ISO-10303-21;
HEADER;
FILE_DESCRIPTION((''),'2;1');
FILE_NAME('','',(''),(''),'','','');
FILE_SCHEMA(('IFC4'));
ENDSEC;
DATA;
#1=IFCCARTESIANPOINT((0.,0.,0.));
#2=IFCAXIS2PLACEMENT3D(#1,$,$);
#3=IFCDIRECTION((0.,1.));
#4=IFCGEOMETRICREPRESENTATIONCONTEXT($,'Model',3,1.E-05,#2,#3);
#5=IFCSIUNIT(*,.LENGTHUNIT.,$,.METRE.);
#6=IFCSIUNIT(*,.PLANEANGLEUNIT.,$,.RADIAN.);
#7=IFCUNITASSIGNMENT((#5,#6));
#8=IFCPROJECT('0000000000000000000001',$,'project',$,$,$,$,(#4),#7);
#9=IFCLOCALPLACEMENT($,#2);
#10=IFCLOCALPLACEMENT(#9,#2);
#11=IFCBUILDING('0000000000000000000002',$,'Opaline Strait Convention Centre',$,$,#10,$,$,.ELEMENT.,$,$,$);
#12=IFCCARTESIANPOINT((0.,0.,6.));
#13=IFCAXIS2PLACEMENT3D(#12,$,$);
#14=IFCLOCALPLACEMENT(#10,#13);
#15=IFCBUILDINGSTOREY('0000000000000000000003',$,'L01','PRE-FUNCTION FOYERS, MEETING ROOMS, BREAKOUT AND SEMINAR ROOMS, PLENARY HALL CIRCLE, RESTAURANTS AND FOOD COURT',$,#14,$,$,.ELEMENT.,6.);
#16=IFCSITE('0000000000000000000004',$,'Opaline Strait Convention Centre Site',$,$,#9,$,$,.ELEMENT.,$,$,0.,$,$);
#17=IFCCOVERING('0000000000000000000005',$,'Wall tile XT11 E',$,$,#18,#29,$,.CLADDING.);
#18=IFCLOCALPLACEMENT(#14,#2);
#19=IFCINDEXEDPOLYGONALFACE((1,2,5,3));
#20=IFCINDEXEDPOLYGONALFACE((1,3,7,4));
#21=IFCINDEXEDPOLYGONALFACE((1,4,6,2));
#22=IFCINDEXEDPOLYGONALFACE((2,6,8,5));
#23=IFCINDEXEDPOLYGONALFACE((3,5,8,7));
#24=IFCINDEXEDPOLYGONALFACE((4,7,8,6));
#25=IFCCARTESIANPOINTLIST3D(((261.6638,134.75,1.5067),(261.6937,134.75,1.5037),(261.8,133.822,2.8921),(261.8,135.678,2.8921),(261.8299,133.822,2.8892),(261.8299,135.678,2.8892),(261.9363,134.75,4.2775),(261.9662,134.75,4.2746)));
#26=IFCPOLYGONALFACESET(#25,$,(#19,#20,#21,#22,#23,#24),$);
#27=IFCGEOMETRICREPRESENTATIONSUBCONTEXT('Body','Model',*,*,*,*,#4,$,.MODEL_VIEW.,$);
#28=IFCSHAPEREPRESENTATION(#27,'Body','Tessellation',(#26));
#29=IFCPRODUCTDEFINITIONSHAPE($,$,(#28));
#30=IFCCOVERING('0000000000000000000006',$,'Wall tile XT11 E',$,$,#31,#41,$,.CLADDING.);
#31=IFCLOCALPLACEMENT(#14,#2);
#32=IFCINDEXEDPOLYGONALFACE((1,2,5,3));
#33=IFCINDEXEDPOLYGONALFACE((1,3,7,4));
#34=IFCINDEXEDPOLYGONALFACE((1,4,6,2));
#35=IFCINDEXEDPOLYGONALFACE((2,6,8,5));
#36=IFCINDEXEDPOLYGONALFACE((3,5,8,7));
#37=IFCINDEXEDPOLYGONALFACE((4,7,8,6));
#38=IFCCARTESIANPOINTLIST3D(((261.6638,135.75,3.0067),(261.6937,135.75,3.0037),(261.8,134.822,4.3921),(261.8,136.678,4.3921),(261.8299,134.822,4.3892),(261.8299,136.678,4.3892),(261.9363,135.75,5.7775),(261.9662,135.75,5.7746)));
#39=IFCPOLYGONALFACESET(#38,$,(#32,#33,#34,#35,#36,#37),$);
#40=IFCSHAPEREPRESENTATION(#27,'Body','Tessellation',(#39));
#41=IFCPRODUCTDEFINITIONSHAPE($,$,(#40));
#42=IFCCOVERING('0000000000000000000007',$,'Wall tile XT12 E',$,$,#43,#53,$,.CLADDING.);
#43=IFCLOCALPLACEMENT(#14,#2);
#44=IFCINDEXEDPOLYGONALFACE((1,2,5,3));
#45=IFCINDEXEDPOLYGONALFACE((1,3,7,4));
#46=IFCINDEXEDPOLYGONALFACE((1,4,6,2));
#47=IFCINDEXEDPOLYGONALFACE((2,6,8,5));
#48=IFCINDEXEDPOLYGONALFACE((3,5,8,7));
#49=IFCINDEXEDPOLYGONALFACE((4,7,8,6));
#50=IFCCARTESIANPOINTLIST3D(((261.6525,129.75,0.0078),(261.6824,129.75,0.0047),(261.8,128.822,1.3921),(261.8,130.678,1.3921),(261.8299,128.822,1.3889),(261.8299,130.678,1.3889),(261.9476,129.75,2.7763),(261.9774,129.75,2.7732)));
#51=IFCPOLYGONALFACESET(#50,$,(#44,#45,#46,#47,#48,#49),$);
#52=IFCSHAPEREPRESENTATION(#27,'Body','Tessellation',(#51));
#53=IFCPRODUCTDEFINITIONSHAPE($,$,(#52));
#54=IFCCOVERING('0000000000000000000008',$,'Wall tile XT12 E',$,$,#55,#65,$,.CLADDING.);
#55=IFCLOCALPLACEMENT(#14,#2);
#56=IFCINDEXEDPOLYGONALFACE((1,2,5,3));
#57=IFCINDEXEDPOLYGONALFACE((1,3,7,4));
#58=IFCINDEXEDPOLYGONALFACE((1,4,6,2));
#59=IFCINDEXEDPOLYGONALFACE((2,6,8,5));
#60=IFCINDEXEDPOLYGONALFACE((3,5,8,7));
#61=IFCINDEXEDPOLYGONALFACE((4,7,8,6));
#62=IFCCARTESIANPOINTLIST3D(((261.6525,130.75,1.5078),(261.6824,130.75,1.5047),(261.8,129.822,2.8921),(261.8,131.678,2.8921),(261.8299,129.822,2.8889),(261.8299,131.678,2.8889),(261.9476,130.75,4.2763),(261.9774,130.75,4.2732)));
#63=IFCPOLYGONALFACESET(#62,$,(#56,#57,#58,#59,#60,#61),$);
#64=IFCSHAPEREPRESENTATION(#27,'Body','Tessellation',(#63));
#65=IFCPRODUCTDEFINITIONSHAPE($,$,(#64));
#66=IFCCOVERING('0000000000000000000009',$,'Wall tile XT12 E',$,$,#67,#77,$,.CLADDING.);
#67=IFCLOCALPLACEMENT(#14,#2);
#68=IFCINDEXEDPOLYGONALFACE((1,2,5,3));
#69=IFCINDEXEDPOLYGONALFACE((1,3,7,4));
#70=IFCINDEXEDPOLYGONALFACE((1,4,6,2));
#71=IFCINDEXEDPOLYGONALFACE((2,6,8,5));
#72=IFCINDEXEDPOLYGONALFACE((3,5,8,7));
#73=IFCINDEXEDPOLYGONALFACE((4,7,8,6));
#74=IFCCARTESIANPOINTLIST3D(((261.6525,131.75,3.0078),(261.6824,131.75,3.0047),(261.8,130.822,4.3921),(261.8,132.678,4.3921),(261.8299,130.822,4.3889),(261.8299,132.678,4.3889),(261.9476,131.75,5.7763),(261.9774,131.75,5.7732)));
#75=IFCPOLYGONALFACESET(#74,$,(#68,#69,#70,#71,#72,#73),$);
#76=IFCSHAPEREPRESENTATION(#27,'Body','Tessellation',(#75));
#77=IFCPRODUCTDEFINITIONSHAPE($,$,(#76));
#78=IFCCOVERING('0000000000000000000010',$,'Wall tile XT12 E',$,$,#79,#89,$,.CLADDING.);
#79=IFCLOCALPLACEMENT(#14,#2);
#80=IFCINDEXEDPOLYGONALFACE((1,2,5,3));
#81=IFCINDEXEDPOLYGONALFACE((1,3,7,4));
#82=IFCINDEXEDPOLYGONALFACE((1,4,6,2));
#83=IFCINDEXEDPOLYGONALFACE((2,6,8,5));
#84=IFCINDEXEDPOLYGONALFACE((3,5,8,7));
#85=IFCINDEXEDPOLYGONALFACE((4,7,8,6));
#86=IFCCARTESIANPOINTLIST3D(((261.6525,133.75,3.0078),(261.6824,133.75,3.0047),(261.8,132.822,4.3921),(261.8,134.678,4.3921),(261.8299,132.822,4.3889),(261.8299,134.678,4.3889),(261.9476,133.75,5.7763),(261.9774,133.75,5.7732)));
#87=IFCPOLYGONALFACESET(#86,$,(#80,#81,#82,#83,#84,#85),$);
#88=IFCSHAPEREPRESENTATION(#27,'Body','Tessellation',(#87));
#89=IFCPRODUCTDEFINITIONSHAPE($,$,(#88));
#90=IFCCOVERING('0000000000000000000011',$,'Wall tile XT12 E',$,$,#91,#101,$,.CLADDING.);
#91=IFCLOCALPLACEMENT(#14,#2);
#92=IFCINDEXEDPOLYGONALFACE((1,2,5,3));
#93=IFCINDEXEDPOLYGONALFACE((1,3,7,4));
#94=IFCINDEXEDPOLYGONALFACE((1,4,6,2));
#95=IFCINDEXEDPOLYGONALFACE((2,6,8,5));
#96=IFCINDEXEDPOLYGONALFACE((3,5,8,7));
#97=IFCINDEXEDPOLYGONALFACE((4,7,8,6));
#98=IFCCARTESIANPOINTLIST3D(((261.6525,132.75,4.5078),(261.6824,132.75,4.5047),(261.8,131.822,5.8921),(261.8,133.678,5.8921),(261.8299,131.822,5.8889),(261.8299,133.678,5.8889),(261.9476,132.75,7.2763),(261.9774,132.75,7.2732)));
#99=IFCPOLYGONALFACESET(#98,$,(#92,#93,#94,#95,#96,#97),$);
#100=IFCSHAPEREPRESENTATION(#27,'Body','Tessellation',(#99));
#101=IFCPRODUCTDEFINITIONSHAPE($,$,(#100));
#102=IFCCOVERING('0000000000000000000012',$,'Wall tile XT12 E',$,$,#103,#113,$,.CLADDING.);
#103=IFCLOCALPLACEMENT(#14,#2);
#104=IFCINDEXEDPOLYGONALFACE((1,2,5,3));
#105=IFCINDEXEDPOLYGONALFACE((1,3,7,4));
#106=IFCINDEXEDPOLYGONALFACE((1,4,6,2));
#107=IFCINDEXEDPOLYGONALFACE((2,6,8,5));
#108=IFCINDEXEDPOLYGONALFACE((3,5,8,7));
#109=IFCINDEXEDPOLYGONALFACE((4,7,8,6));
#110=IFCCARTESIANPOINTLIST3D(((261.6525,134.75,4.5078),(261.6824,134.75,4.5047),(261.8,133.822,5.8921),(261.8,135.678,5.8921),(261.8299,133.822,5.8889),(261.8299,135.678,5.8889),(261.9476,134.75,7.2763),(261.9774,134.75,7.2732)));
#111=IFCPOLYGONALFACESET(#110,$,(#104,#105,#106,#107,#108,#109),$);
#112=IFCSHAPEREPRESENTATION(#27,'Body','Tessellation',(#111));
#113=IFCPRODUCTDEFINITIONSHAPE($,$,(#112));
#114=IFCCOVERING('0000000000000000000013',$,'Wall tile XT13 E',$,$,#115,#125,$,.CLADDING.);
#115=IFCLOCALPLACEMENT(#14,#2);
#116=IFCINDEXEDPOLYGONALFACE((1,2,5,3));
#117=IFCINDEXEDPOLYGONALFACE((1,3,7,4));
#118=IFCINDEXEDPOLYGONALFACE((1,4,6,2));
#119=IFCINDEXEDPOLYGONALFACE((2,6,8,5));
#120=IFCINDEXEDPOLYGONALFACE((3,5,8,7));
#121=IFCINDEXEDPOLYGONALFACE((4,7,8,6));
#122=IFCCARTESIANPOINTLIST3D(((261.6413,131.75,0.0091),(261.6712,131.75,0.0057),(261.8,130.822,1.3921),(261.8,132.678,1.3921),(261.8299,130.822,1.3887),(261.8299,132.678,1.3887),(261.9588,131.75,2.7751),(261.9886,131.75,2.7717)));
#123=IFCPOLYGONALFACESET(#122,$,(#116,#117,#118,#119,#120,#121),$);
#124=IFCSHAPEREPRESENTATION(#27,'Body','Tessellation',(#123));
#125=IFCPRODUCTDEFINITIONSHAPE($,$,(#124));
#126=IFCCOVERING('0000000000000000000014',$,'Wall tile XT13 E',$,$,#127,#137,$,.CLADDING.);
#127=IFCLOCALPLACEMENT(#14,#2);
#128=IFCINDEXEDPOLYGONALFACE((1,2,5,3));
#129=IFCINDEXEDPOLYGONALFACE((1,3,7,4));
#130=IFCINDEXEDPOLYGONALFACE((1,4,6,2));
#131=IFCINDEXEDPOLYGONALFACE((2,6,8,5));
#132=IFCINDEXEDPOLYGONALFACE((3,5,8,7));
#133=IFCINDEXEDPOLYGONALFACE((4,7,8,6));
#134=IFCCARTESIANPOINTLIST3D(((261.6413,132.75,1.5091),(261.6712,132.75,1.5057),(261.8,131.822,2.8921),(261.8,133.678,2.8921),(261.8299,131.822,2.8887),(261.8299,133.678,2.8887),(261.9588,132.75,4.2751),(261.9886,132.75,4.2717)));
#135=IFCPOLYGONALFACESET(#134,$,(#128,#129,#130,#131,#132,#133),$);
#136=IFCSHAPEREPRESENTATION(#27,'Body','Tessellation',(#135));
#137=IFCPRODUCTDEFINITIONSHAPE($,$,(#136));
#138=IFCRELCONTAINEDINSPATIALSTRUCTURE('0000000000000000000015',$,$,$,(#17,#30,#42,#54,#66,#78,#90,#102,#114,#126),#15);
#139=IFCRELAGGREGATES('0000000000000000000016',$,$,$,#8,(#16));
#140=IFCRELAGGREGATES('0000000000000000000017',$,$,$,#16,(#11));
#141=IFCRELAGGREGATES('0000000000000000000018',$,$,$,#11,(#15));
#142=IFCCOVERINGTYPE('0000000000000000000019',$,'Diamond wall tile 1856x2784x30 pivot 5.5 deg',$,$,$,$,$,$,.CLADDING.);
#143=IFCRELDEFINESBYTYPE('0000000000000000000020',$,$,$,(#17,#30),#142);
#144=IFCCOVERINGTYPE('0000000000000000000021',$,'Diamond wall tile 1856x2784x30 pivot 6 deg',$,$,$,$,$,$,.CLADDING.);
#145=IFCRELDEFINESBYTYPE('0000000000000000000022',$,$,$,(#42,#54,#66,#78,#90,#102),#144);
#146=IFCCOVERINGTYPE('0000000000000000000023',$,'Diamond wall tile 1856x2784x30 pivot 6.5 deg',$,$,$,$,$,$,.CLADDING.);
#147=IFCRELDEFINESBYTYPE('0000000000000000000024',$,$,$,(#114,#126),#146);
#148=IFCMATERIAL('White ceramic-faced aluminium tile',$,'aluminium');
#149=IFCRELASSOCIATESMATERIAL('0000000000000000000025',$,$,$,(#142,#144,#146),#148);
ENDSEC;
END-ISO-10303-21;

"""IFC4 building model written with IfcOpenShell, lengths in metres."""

from ifc_helpers import new_model, si_unit, direction, frame, origin, place, context, subcontext, project, spatial, polyline, outline, extrude, material, material_profile, profile_set, type_object, element, save


model = new_model("IFC4")

# Units and contexts
model_context = context("Model", 3, precision=1e-05, world=origin(), true_north=direction((0.0, 1.0)))
body_context = subcontext(model_context, "Body", "Model", "MODEL_VIEW")
ifc_project = project(units=[si_unit("LENGTHUNIT", "METRE"), si_unit("PLANEANGLEUNIT", "RADIAN")], contexts=[model_context])

# Site, building, storey
site_placement = place(None, origin())
site = spatial("IfcSite", under=ifc_project, at=site_placement, Name="Opaline Strait Convention Centre Site", CompositionType="ELEMENT", RefElevation=0.0)
building_placement = place(site_placement, origin())
building = spatial("IfcBuilding", under=site, at=building_placement, Name="Opaline Strait Convention Centre", CompositionType="ELEMENT")
storey_placement = place(building_placement, frame((0.0, 0.0, 6.0)))
storey = spatial("IfcBuildingStorey", under=building, at=storey_placement, Name="L01", Description="PRE-FUNCTION FOYERS, MEETING ROOMS, BREAKOUT AND SEMINAR ROOMS, PLENARY HALL CIRCLE, RESTAURANTS AND FOOD COURT", CompositionType="ELEMENT", Elevation=6.0)

# Coverings
ifc_material = material(Name="White ceramic-faced aluminium tile", Category="aluminium")
ifc_material_profile_1 = material_profile(ifc_material, outline(polyline([(0.928, 0.0), (0.0, 1.3921), (-0.928, 0.0), (0.0, -1.3921), (0.928, 0.0)])), Name="Diamond tile 1856x2784")
ifc_profile_set_1 = profile_set([ifc_material_profile_1], Name="White ceramic-faced aluminium tile")
covering_type_1 = type_object("IfcCoveringType", Name="Diamond wall tile 1856x2784x30 pivot 5.5 deg", PredefinedType="CLADDING", material=ifc_profile_set_1)
for number, where, z_axis, x_axis, name in (
    (1, (261.8, 134.75, 2.8921), (0.995197, 0.0, -0.097888), (0.0, 1.0, 0.0), "Wall tile XT11 E"),
    (2, (261.8, 135.75, 4.3921), (0.995197, 0.0, -0.097888), (0.0, 1.0, 0.0), "Wall tile XT11 E"),
):
    element("IfcCovering", number, at=place(storey_placement, frame(where, z_axis=z_axis, x_axis=x_axis)), inside=storey, type_object=covering_type_1, Name=name, PredefinedType="CLADDING", context=body_context, shape_type="SweptSolid", body=[
        extrude(outline(polyline([(0.928, 0.0), (0.0, 1.3921), (-0.928, 0.0), (0.0, -1.3921), (0.928, 0.0)])), origin(), (0.0, 0.0, 1.0), 0.03),
    ])
ifc_material_profile_2 = material_profile(ifc_material, outline(polyline([(0.928, 0.0), (0.0, 1.3921), (-0.928, 0.0), (0.0, -1.3921), (0.928, 0.0)])), Name="Diamond tile 1856x2784")
ifc_profile_set_2 = profile_set([ifc_material_profile_2], Name="White ceramic-faced aluminium tile")
covering_type_2 = type_object("IfcCoveringType", Name="Diamond wall tile 1856x2784x30 pivot 6 deg", PredefinedType="CLADDING", material=ifc_profile_set_2)
for number, where, z_axis, x_axis, name in (
    (3, (261.8, 129.75, 1.3921), (0.994371, 0.0, -0.105958), (0.0, 1.0, 0.0), "Wall tile XT12 E"),
    (4, (261.8, 130.75, 2.8921), (0.994371, 0.0, -0.105958), (0.0, 1.0, 0.0), "Wall tile XT12 E"),
    (5, (261.8, 131.75, 4.3921), (0.994371, 0.0, -0.105958), (0.0, 1.0, 0.0), "Wall tile XT12 E"),
    (6, (261.8, 133.75, 4.3921), (0.994371, 0.0, -0.105958), (0.0, 1.0, 0.0), "Wall tile XT12 E"),
    (7, (261.8, 132.75, 5.8921), (0.994371, 0.0, -0.105958), (0.0, 1.0, 0.0), "Wall tile XT12 E"),
    (8, (261.8, 134.75, 5.8921), (0.994371, 0.0, -0.105958), (0.0, 1.0, 0.0), "Wall tile XT12 E"),
):
    element("IfcCovering", number, at=place(storey_placement, frame(where, z_axis=z_axis, x_axis=x_axis)), inside=storey, type_object=covering_type_2, Name=name, PredefinedType="CLADDING", context=body_context, shape_type="SweptSolid", body=[
        extrude(outline(polyline([(0.928, 0.0), (0.0, 1.3921), (-0.928, 0.0), (0.0, -1.3921), (0.928, 0.0)])), origin(), (0.0, 0.0, 1.0), 0.03),
    ])
ifc_material_profile_3 = material_profile(ifc_material, outline(polyline([(0.928, 0.0), (0.0, 1.3921), (-0.928, 0.0), (0.0, -1.3921), (0.928, 0.0)])), Name="Diamond tile 1856x2784")
ifc_profile_set_3 = profile_set([ifc_material_profile_3], Name="White ceramic-faced aluminium tile")
covering_type_3 = type_object("IfcCoveringType", Name="Diamond wall tile 1856x2784x30 pivot 6.5 deg", PredefinedType="CLADDING", material=ifc_profile_set_3)
for number, where, z_axis, x_axis, name in (
    (9, (261.8, 131.75, 1.3921), (0.99348, 0.0, -0.114006), (0.0, 1.0, 0.0), "Wall tile XT13 E"),
    (10, (261.8, 132.75, 2.8921), (0.99348, 0.0, -0.114006), (0.0, 1.0, 0.0), "Wall tile XT13 E"),
):
    element("IfcCovering", number, at=place(storey_placement, frame(where, z_axis=z_axis, x_axis=x_axis)), inside=storey, type_object=covering_type_3, Name=name, PredefinedType="CLADDING", context=body_context, shape_type="SweptSolid", body=[
        extrude(outline(polyline([(0.928, 0.0), (0.0, 1.3921), (-0.928, 0.0), (0.0, -1.3921), (0.928, 0.0)])), origin(), (0.0, 0.0, 1.0), 0.03),
    ])

save(model, "model.ifc")
